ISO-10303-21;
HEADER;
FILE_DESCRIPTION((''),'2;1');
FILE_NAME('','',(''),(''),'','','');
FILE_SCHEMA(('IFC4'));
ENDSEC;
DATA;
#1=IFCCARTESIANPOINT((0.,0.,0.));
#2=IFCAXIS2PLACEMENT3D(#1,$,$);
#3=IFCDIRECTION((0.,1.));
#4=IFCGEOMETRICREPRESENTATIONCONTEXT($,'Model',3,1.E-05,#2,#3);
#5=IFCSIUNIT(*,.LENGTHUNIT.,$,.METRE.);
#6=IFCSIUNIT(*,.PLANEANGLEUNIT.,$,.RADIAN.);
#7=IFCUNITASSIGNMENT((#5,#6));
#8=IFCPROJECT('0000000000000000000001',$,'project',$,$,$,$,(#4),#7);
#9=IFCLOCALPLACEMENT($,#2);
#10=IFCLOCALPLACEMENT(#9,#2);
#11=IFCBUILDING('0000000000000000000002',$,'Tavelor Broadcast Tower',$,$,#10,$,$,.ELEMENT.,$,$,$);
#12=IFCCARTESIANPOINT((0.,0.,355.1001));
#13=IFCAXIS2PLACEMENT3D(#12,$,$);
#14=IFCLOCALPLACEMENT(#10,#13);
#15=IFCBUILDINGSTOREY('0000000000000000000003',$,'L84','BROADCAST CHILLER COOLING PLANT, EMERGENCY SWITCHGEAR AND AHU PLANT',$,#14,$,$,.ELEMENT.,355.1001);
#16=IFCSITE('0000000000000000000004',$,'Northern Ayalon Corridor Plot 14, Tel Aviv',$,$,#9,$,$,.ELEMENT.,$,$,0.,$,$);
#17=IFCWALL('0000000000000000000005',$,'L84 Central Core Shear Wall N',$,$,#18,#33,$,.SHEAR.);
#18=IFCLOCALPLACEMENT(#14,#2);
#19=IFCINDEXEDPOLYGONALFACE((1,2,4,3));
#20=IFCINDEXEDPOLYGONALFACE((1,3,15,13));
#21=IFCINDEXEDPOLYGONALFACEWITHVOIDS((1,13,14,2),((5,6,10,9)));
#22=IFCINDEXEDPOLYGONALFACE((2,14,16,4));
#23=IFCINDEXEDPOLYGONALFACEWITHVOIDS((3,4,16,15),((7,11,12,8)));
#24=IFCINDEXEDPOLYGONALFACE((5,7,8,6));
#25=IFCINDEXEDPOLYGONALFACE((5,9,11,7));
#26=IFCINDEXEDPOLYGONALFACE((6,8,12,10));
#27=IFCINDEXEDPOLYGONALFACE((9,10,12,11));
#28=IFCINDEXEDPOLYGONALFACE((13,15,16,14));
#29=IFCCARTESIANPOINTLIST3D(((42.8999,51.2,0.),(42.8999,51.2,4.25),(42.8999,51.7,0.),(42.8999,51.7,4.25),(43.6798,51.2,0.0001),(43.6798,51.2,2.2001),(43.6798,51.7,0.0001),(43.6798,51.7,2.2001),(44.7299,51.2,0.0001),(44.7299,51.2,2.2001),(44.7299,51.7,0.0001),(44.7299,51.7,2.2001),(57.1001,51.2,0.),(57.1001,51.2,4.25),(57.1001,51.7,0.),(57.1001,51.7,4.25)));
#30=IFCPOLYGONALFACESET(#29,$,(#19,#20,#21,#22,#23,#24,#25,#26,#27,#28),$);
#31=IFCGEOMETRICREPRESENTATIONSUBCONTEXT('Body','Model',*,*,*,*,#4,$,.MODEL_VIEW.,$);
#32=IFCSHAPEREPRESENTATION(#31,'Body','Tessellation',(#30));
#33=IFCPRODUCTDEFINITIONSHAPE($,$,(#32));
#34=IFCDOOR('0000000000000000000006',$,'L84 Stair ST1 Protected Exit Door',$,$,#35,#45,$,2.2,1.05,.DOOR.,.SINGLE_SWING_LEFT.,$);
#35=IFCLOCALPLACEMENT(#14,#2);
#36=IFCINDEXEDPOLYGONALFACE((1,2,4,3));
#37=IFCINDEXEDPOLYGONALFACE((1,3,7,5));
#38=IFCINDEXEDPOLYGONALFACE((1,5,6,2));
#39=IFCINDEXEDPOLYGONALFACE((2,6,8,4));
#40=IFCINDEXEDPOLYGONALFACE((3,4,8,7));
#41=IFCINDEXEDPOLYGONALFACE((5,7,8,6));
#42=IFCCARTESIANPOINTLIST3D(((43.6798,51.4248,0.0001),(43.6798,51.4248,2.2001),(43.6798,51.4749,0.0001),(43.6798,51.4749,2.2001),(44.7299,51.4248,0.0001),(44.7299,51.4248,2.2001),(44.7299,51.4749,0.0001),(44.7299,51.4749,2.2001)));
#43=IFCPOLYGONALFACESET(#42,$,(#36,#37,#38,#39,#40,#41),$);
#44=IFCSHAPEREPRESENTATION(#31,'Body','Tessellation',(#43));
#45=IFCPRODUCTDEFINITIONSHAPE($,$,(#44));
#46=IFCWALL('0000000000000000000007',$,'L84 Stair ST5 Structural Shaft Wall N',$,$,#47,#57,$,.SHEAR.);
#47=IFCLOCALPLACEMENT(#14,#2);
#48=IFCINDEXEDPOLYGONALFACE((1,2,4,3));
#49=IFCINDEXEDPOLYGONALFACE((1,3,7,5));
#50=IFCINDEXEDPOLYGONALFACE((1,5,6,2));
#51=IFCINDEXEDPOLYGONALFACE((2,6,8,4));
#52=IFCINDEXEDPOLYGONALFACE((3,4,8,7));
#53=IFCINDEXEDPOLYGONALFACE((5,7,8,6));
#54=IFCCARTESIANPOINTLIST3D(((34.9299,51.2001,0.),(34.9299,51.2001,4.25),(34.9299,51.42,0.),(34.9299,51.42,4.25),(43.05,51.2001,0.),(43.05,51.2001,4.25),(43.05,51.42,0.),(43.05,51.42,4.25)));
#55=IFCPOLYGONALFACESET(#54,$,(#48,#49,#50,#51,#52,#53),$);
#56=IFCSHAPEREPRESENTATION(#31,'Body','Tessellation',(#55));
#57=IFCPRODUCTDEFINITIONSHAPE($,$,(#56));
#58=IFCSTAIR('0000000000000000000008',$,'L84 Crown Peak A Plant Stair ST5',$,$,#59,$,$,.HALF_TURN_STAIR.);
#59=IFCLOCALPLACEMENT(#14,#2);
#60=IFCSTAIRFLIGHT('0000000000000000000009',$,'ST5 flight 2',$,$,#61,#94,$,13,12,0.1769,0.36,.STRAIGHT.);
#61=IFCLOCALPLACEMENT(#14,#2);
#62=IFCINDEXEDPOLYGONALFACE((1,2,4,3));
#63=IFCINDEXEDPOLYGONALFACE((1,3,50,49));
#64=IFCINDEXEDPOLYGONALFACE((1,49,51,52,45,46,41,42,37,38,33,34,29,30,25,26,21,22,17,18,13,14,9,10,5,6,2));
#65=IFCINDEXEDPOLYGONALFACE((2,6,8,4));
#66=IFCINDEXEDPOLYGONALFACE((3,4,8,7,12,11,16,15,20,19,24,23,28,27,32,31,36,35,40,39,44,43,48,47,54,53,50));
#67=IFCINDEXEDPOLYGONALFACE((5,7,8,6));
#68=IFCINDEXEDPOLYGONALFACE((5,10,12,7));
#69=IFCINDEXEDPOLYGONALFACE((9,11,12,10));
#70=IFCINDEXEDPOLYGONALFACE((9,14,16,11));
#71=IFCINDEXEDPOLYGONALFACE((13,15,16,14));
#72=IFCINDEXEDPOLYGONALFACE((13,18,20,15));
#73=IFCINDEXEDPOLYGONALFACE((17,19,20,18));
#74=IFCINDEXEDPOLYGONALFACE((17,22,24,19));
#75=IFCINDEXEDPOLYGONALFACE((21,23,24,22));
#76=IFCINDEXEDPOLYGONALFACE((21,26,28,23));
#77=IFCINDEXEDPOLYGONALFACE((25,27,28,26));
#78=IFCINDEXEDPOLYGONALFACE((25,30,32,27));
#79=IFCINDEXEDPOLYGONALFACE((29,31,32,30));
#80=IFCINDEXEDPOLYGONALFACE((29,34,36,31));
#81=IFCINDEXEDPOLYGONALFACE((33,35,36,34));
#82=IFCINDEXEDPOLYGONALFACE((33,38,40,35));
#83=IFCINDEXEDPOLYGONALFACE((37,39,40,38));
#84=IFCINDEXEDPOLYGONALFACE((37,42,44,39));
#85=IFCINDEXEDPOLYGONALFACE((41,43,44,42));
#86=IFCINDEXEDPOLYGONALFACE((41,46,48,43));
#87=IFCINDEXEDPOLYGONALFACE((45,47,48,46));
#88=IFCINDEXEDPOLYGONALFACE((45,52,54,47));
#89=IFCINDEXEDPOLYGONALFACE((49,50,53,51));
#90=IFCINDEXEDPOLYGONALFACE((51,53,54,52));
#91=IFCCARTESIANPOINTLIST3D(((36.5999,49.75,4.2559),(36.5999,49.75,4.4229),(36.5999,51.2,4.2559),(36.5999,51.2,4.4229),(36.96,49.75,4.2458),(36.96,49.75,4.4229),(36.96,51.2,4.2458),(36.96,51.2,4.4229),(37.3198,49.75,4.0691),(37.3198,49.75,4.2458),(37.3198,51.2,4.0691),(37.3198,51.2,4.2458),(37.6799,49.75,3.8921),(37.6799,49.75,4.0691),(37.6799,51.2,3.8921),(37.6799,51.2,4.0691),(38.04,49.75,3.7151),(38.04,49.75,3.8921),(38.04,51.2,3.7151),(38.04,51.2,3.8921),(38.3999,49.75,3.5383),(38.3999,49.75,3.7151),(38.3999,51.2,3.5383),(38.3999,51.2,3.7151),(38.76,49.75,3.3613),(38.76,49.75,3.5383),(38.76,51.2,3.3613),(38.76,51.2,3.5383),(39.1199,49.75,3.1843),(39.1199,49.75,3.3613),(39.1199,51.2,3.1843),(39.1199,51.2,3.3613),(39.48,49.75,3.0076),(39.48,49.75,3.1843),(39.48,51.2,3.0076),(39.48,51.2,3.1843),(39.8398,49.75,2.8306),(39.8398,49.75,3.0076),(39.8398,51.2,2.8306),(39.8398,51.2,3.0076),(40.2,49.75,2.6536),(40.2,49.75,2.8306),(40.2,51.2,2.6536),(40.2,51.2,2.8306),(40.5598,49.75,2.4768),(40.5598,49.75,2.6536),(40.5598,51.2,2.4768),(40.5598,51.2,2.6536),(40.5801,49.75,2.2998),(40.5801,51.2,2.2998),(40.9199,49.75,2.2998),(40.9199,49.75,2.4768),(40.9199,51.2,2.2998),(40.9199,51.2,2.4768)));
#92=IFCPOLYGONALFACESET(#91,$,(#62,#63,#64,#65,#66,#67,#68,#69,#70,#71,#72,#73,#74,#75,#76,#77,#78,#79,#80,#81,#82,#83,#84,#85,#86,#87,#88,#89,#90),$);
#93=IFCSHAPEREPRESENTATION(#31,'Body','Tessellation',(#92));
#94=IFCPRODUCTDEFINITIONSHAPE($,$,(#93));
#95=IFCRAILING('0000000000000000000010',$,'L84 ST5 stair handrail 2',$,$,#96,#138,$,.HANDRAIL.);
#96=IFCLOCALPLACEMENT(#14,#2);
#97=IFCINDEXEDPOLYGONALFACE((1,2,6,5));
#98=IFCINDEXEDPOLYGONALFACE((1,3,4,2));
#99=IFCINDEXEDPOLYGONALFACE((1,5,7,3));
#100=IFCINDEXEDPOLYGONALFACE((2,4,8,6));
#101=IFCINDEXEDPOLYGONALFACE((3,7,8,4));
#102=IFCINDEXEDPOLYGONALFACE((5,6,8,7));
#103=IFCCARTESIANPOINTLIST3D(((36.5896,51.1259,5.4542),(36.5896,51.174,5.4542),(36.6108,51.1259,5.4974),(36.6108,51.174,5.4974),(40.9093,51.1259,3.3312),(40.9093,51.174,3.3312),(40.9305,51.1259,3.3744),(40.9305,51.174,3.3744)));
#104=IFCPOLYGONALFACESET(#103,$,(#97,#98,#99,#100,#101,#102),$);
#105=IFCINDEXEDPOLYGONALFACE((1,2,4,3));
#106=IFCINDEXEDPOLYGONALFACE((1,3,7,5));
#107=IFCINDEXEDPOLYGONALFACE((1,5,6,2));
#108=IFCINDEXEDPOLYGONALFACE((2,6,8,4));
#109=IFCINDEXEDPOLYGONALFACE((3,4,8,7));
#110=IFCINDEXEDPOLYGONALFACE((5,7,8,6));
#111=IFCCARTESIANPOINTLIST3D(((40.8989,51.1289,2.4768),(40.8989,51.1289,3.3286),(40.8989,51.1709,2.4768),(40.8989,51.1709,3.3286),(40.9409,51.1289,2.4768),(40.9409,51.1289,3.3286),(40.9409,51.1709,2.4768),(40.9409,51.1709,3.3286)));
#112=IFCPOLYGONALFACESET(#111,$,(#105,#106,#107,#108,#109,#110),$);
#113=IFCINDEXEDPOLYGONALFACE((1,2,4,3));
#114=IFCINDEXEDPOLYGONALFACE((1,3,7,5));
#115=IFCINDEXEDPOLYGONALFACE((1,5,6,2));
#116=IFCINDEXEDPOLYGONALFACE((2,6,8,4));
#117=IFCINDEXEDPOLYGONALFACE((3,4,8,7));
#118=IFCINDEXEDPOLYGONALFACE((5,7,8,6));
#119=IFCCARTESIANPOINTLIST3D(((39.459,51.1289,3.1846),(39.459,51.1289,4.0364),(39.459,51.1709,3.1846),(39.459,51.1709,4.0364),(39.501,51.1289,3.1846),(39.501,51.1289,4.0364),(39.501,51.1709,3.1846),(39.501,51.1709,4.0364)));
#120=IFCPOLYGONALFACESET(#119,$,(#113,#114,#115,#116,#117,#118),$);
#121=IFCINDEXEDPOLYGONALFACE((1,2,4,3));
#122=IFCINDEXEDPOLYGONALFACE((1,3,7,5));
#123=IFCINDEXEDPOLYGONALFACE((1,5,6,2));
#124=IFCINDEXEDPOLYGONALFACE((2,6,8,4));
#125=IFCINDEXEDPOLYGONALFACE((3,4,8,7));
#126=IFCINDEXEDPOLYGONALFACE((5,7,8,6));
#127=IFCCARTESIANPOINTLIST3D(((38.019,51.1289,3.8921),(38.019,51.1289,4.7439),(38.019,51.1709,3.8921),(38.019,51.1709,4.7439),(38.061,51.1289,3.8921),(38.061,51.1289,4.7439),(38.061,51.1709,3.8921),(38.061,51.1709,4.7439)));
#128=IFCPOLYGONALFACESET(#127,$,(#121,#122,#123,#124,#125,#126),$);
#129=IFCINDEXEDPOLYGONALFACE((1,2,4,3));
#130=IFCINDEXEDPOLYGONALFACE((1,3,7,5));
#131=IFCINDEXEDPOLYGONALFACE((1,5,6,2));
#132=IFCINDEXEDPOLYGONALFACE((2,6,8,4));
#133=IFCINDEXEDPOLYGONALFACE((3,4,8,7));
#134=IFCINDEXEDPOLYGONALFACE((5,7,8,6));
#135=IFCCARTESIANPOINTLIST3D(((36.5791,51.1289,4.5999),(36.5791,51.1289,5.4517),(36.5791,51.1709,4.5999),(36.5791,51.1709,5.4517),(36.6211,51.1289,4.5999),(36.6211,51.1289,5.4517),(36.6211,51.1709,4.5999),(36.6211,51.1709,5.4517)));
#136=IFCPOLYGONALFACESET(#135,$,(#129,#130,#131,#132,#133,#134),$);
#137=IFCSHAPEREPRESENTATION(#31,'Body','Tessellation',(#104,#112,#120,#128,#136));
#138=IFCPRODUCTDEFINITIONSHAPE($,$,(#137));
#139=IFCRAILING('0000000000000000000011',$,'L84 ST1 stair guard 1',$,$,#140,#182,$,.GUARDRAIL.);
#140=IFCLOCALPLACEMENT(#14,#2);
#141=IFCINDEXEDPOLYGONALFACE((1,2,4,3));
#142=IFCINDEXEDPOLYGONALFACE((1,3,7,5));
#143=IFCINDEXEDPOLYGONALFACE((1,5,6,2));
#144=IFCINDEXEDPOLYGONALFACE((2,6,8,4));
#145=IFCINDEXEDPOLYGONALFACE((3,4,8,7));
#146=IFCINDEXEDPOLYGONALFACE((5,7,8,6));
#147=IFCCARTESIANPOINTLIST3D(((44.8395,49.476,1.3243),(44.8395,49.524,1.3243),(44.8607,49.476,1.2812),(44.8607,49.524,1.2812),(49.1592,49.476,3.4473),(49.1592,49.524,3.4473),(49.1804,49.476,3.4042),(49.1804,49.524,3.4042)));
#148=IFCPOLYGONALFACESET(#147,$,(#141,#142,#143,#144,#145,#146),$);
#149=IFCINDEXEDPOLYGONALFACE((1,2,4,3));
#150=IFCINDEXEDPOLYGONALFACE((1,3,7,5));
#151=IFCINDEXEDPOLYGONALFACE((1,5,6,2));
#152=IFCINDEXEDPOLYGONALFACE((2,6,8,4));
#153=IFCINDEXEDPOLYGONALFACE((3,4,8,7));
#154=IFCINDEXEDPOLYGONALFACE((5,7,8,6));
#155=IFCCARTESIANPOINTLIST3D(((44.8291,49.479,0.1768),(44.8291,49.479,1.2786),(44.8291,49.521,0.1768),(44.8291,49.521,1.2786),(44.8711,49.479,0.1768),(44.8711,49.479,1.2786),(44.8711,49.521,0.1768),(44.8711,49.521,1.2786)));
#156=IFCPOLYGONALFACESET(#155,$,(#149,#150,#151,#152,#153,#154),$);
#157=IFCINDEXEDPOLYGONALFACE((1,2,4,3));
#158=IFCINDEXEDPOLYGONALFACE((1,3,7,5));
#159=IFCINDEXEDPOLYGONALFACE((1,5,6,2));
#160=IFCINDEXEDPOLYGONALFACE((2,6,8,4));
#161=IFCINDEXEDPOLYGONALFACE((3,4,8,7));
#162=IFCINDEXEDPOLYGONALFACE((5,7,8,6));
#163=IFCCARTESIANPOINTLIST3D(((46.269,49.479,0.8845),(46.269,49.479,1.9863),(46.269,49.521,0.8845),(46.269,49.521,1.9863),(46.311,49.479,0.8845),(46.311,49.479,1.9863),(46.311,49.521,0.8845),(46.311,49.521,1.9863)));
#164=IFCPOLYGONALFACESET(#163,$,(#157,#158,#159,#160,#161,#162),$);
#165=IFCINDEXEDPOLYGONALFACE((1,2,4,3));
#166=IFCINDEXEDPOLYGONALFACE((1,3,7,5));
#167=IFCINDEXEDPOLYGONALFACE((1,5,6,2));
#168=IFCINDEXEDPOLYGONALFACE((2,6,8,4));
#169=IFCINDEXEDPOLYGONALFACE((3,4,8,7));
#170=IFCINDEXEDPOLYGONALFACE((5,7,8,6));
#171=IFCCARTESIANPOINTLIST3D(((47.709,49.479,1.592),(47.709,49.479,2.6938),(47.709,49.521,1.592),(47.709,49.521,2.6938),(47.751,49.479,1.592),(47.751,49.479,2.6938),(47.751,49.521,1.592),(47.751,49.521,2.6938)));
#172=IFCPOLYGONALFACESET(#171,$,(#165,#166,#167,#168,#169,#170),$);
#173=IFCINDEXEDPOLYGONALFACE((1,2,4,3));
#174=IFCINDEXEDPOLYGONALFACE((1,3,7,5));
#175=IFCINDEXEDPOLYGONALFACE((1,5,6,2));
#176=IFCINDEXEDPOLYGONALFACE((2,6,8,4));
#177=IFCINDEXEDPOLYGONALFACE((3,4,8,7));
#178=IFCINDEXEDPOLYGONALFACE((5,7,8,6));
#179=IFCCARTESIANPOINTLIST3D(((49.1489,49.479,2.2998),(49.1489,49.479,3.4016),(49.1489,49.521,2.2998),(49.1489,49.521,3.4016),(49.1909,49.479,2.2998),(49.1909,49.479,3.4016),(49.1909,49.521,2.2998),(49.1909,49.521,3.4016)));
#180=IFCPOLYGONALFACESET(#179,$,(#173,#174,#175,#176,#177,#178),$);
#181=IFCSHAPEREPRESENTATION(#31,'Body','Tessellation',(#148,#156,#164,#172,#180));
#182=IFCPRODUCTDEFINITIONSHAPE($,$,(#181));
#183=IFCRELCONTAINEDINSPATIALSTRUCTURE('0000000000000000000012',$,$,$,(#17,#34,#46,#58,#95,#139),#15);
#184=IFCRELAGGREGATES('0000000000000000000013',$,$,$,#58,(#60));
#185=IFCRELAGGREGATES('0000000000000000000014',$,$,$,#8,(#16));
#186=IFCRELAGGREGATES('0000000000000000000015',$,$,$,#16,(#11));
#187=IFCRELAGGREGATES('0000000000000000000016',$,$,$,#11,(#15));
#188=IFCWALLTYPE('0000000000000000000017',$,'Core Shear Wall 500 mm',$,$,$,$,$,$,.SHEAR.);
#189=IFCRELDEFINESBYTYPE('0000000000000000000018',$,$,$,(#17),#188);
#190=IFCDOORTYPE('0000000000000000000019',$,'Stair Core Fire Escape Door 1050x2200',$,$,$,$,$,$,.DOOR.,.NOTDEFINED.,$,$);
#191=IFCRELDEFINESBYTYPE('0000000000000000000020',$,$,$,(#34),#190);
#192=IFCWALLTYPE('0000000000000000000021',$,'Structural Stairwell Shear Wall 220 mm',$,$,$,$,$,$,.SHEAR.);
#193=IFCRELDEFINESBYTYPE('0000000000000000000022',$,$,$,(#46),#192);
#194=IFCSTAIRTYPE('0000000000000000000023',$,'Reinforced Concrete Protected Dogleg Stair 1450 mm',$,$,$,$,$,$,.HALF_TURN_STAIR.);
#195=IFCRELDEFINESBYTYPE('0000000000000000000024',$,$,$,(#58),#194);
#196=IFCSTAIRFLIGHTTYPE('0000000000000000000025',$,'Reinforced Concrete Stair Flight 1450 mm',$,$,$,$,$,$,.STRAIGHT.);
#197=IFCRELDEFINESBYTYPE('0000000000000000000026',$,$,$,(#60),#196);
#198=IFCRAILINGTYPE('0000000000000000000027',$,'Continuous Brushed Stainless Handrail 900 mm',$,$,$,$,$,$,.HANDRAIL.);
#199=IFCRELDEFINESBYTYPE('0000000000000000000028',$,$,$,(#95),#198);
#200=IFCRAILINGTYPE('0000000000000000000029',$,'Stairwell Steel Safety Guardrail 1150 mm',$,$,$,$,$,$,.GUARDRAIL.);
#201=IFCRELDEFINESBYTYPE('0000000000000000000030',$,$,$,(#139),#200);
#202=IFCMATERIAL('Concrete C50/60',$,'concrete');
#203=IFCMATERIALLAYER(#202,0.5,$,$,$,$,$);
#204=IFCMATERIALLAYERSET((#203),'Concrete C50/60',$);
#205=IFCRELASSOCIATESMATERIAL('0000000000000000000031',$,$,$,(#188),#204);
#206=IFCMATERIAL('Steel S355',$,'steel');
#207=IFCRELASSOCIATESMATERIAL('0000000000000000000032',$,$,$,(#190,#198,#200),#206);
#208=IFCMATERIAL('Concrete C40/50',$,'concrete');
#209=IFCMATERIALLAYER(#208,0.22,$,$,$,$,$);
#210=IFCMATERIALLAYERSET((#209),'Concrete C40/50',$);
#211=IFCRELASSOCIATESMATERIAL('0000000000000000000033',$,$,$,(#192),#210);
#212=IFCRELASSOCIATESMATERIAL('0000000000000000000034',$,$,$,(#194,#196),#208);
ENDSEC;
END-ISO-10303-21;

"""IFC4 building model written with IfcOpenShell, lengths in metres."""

from ifc_helpers import new_model, si_unit, direction, frame, frame_2d, origin, origin_2d, place, context, subcontext, project, spatial, polyline, rectangle, outline, extrude, material, layer, layer_set, type_object, element, fill, aggregate, save


model = new_model("IFC4")

# Units and contexts
model_context = context("Model", 3, precision=1e-05, world=origin(), true_north=direction((0.0, 1.0)))
body_context = subcontext(model_context, "Body", "Model", "MODEL_VIEW")
ifc_project = project(units=[si_unit("LENGTHUNIT", "METRE"), si_unit("PLANEANGLEUNIT", "RADIAN")], contexts=[model_context])

# Site, building, storey
site_placement = place(None, origin())
site = spatial("IfcSite", under=ifc_project, at=site_placement, Name="Northern Ayalon Corridor Plot 14, Tel Aviv", CompositionType="ELEMENT", RefElevation=0.0)
building_placement = place(site_placement, origin())
building = spatial("IfcBuilding", under=site, at=building_placement, Name="Tavelor Broadcast Tower", CompositionType="ELEMENT")
storey_placement = place(building_placement, frame((0.0, 0.0, 355.1001)))
storey = spatial("IfcBuildingStorey", under=building, at=storey_placement, Name="L84", Description="BROADCAST CHILLER COOLING PLANT, EMERGENCY SWITCHGEAR AND AHU PLANT", CompositionType="ELEMENT", Elevation=355.1001)

# Shared definitions
ifc_material_1 = material(Name="Steel S355", Category="steel")

# Wall, opening, door
ifc_material_2 = material(Name="Concrete C50/60", Category="concrete")
ifc_layer_1 = layer(ifc_material_2, 0.5)
ifc_layer_set_1 = layer_set([ifc_layer_1], Name="Concrete C50/60")
wall_type_1 = type_object("IfcWallType", Name="Core Shear Wall 500 mm", PredefinedType="SHEAR", material=ifc_layer_set_1)
wall_1_placement = place(storey_placement, frame((42.8999, 51.45, 0.0), z_axis=(0.0, 0.0, 1.0), x_axis=(1.0, 0.0, 0.0)))
wall_1 = element("IfcWall", 1, at=wall_1_placement, inside=storey, type_object=wall_type_1, Name="L84 Central Core Shear Wall N", PredefinedType="SHEAR", context=body_context, shape_type="SweptSolid", body=[
    extrude(rectangle(XDim=14.2002, YDim=0.5, at=frame_2d((7.1001, 0.0))), origin(), (0.0, 0.0, 1.0), 4.25),
])
opening_placement = place(wall_1_placement, frame((0.78, 0.0, 0.0)))
opening = element("IfcOpeningElement", 2, at=opening_placement, cuts=wall_1, PredefinedType="OPENING", context=body_context, shape_type="SweptSolid", body=[
    extrude(rectangle(XDim=1.05, YDim=2.2, at=frame_2d((0.5249, 1.1001))), frame((0.0, 0.26, 0.0), z_axis=(0.0, -1.0, 0.0), x_axis=(1.0, 0.0, 0.0)), (0.0, 0.0, 1.0), 0.52),
])
door_type = type_object("IfcDoorType", Name="Stair Core Fire Escape Door 1050x2200", OperationType="NOTDEFINED", PredefinedType="DOOR", material=ifc_material_1)
door_placement = place(opening_placement, origin())
door = element("IfcDoor", 3, at=door_placement, inside=storey, type_object=door_type, Name="L84 Stair ST1 Protected Exit Door", OperationType="SINGLE_SWING_LEFT", OverallHeight=2.2, OverallWidth=1.05, PredefinedType="DOOR", context=body_context, shape_type="SweptSolid", body=[
    extrude(rectangle(XDim=1.05, YDim=2.2, at=frame_2d((0.5249, 1.1001))), frame((0.0, 0.0249, 0.0), z_axis=(0.0, -1.0, 0.0), x_axis=(1.0, 0.0, 0.0)), (0.0, 0.0, 1.0), 0.05),
])
fill(opening, door)

# Wall
ifc_material_3 = material(Name="Concrete C40/50", Category="concrete")
ifc_layer_2 = layer(ifc_material_3, 0.22)
ifc_layer_set_2 = layer_set([ifc_layer_2], Name="Concrete C40/50")
wall_type_2 = type_object("IfcWallType", Name="Structural Stairwell Shear Wall 220 mm", PredefinedType="SHEAR", material=ifc_layer_set_2)
wall_2_placement = place(storey_placement, frame((34.9299, 51.3101, 0.0), z_axis=(0.0, 0.0, 1.0), x_axis=(1.0, 0.0, 0.0)))
element("IfcWall", 4, at=wall_2_placement, inside=storey, type_object=wall_type_2, Name="L84 Stair ST5 Structural Shaft Wall N", PredefinedType="SHEAR", context=body_context, shape_type="SweptSolid", body=[
    extrude(rectangle(XDim=8.1201, YDim=0.22, at=frame_2d((4.0601, 0.0))), origin(), (0.0, 0.0, 1.0), 4.25),
])

# Stair, stair flight
stair_type = type_object("IfcStairType", Name="Reinforced Concrete Protected Dogleg Stair 1450 mm", PredefinedType="HALF_TURN_STAIR", material=ifc_material_3)
stair_placement = place(storey_placement, origin())
stair = element("IfcStair", 5, at=stair_placement, inside=storey, type_object=stair_type, Name="L84 Crown Peak A Plant Stair ST5", PredefinedType="HALF_TURN_STAIR")
stair_flight_type = type_object("IfcStairFlightType", Name="Reinforced Concrete Stair Flight 1450 mm", PredefinedType="STRAIGHT", material=ifc_material_3)
stair_flight_placement = place(storey_placement, frame((40.9199, 50.4751, 2.2998), z_axis=(0.0, 0.0, 1.0), x_axis=(-1.0, 0.0, 0.0)))
stair_flight = element("IfcStairFlight", 6, at=stair_flight_placement, type_object=stair_flight_type, Name="ST5 flight 2", NumberOfRisers=13, NumberOfTreads=12, PredefinedType="STRAIGHT", RiserHeight=0.1769, TreadLength=0.36, context=body_context, shape_type="SweptSolid", body=[
    extrude(outline(polyline([(0.0, 0.0), (0.0, 0.177), (0.3601, 0.177), (0.3601, 0.3538), (0.72, 0.3538), (0.72, 0.5308), (1.0801, 0.5308), (1.0801, 0.7078), (1.4399, 0.7078), (1.4399, 0.8845), (1.8, 0.8845), (1.8, 1.0615), (2.1599, 1.0615), (2.1599, 1.2385), (2.52, 1.2385), (2.52, 1.4153), (2.8799, 1.4153), (2.8799, 1.5923), (3.24, 1.5923), (3.24, 1.7693), (3.6001, 1.7693), (3.6001, 1.946), (3.96, 1.946), (3.96, 2.123), (4.3201, 2.123), (4.3201, 2.3), (4.3201, 1.9561), (0.3398, 0.0), (0.0, 0.0)])), frame((0.0, 0.7251, 0.0), z_axis=(0.0, -1.0, 0.0), x_axis=(1.0, 0.0, 0.0)), (0.0, 0.0, 1.0), 1.45),
])
aggregate(stair, [stair_flight])

# Railings
railing_type_1 = type_object("IfcRailingType", Name="Continuous Brushed Stainless Handrail 900 mm", PredefinedType="HANDRAIL", material=ifc_material_1)
railing_1_placement = place(storey_placement, frame((40.9199, 51.1499, 2.4768)))
element("IfcRailing", 7, at=railing_1_placement, inside=storey, type_object=railing_type_1, Name="L84 ST5 stair handrail 2", PredefinedType="HANDRAIL", context=body_context, shape_type="SweptSolid", body=[
    extrude(rectangle(XDim=0.0481, YDim=0.0481, at=origin_2d()), frame((0.0, 0.0, 0.876), z_axis=(-0.89747, 0.0, 0.441076), x_axis=(0.0, -1.0, 0.0)), (0.0, 0.0, 1.0), 4.8132),
    extrude(rectangle(XDim=0.042, YDim=0.042, at=origin_2d()), origin(), (0.0, 0.0, 1.0), 0.8518),
    extrude(rectangle(XDim=0.042, YDim=0.042, at=origin_2d()), frame((-1.4399, 0.0, 0.7078)), (0.0, 0.0, 1.0), 0.8518),
    extrude(rectangle(XDim=0.042, YDim=0.042, at=origin_2d()), frame((-2.8799, 0.0, 1.4153)), (0.0, 0.0, 1.0), 0.8518),
    extrude(rectangle(XDim=0.042, YDim=0.042, at=origin_2d()), frame((-4.3198, 0.0, 2.123)), (0.0, 0.0, 1.0), 0.8518),
])
railing_type_2 = type_object("IfcRailingType", Name="Stairwell Steel Safety Guardrail 1150 mm", PredefinedType="GUARDRAIL", material=ifc_material_1)
railing_2_placement = place(storey_placement, frame((44.8501, 49.5, 0.1768)))
element("IfcRailing", 8, at=railing_2_placement, inside=storey, type_object=railing_type_2, Name="L84 ST1 stair guard 1", PredefinedType="GUARDRAIL", context=body_context, shape_type="SweptSolid", body=[
    extrude(rectangle(XDim=0.0481, YDim=0.0481, at=origin_2d()), frame((0.0, 0.0, 1.126), z_axis=(0.89747, 0.0, 0.441076), x_axis=(0.0, 1.0, 0.0)), (0.0, 0.0, 1.0), 4.8132),
    extrude(rectangle(XDim=0.042, YDim=0.042, at=origin_2d()), origin(), (0.0, 0.0, 1.0), 1.1018),
    extrude(rectangle(XDim=0.042, YDim=0.042, at=origin_2d()), frame((1.4399, 0.0, 0.7078)), (0.0, 0.0, 1.0), 1.1018),
    extrude(rectangle(XDim=0.042, YDim=0.042, at=origin_2d()), frame((2.8799, 0.0, 1.4153)), (0.0, 0.0, 1.0), 1.1018),
    extrude(rectangle(XDim=0.042, YDim=0.042, at=origin_2d()), frame((4.3198, 0.0, 2.123)), (0.0, 0.0, 1.0), 1.1018),
])

save(model, "model.ifc")
